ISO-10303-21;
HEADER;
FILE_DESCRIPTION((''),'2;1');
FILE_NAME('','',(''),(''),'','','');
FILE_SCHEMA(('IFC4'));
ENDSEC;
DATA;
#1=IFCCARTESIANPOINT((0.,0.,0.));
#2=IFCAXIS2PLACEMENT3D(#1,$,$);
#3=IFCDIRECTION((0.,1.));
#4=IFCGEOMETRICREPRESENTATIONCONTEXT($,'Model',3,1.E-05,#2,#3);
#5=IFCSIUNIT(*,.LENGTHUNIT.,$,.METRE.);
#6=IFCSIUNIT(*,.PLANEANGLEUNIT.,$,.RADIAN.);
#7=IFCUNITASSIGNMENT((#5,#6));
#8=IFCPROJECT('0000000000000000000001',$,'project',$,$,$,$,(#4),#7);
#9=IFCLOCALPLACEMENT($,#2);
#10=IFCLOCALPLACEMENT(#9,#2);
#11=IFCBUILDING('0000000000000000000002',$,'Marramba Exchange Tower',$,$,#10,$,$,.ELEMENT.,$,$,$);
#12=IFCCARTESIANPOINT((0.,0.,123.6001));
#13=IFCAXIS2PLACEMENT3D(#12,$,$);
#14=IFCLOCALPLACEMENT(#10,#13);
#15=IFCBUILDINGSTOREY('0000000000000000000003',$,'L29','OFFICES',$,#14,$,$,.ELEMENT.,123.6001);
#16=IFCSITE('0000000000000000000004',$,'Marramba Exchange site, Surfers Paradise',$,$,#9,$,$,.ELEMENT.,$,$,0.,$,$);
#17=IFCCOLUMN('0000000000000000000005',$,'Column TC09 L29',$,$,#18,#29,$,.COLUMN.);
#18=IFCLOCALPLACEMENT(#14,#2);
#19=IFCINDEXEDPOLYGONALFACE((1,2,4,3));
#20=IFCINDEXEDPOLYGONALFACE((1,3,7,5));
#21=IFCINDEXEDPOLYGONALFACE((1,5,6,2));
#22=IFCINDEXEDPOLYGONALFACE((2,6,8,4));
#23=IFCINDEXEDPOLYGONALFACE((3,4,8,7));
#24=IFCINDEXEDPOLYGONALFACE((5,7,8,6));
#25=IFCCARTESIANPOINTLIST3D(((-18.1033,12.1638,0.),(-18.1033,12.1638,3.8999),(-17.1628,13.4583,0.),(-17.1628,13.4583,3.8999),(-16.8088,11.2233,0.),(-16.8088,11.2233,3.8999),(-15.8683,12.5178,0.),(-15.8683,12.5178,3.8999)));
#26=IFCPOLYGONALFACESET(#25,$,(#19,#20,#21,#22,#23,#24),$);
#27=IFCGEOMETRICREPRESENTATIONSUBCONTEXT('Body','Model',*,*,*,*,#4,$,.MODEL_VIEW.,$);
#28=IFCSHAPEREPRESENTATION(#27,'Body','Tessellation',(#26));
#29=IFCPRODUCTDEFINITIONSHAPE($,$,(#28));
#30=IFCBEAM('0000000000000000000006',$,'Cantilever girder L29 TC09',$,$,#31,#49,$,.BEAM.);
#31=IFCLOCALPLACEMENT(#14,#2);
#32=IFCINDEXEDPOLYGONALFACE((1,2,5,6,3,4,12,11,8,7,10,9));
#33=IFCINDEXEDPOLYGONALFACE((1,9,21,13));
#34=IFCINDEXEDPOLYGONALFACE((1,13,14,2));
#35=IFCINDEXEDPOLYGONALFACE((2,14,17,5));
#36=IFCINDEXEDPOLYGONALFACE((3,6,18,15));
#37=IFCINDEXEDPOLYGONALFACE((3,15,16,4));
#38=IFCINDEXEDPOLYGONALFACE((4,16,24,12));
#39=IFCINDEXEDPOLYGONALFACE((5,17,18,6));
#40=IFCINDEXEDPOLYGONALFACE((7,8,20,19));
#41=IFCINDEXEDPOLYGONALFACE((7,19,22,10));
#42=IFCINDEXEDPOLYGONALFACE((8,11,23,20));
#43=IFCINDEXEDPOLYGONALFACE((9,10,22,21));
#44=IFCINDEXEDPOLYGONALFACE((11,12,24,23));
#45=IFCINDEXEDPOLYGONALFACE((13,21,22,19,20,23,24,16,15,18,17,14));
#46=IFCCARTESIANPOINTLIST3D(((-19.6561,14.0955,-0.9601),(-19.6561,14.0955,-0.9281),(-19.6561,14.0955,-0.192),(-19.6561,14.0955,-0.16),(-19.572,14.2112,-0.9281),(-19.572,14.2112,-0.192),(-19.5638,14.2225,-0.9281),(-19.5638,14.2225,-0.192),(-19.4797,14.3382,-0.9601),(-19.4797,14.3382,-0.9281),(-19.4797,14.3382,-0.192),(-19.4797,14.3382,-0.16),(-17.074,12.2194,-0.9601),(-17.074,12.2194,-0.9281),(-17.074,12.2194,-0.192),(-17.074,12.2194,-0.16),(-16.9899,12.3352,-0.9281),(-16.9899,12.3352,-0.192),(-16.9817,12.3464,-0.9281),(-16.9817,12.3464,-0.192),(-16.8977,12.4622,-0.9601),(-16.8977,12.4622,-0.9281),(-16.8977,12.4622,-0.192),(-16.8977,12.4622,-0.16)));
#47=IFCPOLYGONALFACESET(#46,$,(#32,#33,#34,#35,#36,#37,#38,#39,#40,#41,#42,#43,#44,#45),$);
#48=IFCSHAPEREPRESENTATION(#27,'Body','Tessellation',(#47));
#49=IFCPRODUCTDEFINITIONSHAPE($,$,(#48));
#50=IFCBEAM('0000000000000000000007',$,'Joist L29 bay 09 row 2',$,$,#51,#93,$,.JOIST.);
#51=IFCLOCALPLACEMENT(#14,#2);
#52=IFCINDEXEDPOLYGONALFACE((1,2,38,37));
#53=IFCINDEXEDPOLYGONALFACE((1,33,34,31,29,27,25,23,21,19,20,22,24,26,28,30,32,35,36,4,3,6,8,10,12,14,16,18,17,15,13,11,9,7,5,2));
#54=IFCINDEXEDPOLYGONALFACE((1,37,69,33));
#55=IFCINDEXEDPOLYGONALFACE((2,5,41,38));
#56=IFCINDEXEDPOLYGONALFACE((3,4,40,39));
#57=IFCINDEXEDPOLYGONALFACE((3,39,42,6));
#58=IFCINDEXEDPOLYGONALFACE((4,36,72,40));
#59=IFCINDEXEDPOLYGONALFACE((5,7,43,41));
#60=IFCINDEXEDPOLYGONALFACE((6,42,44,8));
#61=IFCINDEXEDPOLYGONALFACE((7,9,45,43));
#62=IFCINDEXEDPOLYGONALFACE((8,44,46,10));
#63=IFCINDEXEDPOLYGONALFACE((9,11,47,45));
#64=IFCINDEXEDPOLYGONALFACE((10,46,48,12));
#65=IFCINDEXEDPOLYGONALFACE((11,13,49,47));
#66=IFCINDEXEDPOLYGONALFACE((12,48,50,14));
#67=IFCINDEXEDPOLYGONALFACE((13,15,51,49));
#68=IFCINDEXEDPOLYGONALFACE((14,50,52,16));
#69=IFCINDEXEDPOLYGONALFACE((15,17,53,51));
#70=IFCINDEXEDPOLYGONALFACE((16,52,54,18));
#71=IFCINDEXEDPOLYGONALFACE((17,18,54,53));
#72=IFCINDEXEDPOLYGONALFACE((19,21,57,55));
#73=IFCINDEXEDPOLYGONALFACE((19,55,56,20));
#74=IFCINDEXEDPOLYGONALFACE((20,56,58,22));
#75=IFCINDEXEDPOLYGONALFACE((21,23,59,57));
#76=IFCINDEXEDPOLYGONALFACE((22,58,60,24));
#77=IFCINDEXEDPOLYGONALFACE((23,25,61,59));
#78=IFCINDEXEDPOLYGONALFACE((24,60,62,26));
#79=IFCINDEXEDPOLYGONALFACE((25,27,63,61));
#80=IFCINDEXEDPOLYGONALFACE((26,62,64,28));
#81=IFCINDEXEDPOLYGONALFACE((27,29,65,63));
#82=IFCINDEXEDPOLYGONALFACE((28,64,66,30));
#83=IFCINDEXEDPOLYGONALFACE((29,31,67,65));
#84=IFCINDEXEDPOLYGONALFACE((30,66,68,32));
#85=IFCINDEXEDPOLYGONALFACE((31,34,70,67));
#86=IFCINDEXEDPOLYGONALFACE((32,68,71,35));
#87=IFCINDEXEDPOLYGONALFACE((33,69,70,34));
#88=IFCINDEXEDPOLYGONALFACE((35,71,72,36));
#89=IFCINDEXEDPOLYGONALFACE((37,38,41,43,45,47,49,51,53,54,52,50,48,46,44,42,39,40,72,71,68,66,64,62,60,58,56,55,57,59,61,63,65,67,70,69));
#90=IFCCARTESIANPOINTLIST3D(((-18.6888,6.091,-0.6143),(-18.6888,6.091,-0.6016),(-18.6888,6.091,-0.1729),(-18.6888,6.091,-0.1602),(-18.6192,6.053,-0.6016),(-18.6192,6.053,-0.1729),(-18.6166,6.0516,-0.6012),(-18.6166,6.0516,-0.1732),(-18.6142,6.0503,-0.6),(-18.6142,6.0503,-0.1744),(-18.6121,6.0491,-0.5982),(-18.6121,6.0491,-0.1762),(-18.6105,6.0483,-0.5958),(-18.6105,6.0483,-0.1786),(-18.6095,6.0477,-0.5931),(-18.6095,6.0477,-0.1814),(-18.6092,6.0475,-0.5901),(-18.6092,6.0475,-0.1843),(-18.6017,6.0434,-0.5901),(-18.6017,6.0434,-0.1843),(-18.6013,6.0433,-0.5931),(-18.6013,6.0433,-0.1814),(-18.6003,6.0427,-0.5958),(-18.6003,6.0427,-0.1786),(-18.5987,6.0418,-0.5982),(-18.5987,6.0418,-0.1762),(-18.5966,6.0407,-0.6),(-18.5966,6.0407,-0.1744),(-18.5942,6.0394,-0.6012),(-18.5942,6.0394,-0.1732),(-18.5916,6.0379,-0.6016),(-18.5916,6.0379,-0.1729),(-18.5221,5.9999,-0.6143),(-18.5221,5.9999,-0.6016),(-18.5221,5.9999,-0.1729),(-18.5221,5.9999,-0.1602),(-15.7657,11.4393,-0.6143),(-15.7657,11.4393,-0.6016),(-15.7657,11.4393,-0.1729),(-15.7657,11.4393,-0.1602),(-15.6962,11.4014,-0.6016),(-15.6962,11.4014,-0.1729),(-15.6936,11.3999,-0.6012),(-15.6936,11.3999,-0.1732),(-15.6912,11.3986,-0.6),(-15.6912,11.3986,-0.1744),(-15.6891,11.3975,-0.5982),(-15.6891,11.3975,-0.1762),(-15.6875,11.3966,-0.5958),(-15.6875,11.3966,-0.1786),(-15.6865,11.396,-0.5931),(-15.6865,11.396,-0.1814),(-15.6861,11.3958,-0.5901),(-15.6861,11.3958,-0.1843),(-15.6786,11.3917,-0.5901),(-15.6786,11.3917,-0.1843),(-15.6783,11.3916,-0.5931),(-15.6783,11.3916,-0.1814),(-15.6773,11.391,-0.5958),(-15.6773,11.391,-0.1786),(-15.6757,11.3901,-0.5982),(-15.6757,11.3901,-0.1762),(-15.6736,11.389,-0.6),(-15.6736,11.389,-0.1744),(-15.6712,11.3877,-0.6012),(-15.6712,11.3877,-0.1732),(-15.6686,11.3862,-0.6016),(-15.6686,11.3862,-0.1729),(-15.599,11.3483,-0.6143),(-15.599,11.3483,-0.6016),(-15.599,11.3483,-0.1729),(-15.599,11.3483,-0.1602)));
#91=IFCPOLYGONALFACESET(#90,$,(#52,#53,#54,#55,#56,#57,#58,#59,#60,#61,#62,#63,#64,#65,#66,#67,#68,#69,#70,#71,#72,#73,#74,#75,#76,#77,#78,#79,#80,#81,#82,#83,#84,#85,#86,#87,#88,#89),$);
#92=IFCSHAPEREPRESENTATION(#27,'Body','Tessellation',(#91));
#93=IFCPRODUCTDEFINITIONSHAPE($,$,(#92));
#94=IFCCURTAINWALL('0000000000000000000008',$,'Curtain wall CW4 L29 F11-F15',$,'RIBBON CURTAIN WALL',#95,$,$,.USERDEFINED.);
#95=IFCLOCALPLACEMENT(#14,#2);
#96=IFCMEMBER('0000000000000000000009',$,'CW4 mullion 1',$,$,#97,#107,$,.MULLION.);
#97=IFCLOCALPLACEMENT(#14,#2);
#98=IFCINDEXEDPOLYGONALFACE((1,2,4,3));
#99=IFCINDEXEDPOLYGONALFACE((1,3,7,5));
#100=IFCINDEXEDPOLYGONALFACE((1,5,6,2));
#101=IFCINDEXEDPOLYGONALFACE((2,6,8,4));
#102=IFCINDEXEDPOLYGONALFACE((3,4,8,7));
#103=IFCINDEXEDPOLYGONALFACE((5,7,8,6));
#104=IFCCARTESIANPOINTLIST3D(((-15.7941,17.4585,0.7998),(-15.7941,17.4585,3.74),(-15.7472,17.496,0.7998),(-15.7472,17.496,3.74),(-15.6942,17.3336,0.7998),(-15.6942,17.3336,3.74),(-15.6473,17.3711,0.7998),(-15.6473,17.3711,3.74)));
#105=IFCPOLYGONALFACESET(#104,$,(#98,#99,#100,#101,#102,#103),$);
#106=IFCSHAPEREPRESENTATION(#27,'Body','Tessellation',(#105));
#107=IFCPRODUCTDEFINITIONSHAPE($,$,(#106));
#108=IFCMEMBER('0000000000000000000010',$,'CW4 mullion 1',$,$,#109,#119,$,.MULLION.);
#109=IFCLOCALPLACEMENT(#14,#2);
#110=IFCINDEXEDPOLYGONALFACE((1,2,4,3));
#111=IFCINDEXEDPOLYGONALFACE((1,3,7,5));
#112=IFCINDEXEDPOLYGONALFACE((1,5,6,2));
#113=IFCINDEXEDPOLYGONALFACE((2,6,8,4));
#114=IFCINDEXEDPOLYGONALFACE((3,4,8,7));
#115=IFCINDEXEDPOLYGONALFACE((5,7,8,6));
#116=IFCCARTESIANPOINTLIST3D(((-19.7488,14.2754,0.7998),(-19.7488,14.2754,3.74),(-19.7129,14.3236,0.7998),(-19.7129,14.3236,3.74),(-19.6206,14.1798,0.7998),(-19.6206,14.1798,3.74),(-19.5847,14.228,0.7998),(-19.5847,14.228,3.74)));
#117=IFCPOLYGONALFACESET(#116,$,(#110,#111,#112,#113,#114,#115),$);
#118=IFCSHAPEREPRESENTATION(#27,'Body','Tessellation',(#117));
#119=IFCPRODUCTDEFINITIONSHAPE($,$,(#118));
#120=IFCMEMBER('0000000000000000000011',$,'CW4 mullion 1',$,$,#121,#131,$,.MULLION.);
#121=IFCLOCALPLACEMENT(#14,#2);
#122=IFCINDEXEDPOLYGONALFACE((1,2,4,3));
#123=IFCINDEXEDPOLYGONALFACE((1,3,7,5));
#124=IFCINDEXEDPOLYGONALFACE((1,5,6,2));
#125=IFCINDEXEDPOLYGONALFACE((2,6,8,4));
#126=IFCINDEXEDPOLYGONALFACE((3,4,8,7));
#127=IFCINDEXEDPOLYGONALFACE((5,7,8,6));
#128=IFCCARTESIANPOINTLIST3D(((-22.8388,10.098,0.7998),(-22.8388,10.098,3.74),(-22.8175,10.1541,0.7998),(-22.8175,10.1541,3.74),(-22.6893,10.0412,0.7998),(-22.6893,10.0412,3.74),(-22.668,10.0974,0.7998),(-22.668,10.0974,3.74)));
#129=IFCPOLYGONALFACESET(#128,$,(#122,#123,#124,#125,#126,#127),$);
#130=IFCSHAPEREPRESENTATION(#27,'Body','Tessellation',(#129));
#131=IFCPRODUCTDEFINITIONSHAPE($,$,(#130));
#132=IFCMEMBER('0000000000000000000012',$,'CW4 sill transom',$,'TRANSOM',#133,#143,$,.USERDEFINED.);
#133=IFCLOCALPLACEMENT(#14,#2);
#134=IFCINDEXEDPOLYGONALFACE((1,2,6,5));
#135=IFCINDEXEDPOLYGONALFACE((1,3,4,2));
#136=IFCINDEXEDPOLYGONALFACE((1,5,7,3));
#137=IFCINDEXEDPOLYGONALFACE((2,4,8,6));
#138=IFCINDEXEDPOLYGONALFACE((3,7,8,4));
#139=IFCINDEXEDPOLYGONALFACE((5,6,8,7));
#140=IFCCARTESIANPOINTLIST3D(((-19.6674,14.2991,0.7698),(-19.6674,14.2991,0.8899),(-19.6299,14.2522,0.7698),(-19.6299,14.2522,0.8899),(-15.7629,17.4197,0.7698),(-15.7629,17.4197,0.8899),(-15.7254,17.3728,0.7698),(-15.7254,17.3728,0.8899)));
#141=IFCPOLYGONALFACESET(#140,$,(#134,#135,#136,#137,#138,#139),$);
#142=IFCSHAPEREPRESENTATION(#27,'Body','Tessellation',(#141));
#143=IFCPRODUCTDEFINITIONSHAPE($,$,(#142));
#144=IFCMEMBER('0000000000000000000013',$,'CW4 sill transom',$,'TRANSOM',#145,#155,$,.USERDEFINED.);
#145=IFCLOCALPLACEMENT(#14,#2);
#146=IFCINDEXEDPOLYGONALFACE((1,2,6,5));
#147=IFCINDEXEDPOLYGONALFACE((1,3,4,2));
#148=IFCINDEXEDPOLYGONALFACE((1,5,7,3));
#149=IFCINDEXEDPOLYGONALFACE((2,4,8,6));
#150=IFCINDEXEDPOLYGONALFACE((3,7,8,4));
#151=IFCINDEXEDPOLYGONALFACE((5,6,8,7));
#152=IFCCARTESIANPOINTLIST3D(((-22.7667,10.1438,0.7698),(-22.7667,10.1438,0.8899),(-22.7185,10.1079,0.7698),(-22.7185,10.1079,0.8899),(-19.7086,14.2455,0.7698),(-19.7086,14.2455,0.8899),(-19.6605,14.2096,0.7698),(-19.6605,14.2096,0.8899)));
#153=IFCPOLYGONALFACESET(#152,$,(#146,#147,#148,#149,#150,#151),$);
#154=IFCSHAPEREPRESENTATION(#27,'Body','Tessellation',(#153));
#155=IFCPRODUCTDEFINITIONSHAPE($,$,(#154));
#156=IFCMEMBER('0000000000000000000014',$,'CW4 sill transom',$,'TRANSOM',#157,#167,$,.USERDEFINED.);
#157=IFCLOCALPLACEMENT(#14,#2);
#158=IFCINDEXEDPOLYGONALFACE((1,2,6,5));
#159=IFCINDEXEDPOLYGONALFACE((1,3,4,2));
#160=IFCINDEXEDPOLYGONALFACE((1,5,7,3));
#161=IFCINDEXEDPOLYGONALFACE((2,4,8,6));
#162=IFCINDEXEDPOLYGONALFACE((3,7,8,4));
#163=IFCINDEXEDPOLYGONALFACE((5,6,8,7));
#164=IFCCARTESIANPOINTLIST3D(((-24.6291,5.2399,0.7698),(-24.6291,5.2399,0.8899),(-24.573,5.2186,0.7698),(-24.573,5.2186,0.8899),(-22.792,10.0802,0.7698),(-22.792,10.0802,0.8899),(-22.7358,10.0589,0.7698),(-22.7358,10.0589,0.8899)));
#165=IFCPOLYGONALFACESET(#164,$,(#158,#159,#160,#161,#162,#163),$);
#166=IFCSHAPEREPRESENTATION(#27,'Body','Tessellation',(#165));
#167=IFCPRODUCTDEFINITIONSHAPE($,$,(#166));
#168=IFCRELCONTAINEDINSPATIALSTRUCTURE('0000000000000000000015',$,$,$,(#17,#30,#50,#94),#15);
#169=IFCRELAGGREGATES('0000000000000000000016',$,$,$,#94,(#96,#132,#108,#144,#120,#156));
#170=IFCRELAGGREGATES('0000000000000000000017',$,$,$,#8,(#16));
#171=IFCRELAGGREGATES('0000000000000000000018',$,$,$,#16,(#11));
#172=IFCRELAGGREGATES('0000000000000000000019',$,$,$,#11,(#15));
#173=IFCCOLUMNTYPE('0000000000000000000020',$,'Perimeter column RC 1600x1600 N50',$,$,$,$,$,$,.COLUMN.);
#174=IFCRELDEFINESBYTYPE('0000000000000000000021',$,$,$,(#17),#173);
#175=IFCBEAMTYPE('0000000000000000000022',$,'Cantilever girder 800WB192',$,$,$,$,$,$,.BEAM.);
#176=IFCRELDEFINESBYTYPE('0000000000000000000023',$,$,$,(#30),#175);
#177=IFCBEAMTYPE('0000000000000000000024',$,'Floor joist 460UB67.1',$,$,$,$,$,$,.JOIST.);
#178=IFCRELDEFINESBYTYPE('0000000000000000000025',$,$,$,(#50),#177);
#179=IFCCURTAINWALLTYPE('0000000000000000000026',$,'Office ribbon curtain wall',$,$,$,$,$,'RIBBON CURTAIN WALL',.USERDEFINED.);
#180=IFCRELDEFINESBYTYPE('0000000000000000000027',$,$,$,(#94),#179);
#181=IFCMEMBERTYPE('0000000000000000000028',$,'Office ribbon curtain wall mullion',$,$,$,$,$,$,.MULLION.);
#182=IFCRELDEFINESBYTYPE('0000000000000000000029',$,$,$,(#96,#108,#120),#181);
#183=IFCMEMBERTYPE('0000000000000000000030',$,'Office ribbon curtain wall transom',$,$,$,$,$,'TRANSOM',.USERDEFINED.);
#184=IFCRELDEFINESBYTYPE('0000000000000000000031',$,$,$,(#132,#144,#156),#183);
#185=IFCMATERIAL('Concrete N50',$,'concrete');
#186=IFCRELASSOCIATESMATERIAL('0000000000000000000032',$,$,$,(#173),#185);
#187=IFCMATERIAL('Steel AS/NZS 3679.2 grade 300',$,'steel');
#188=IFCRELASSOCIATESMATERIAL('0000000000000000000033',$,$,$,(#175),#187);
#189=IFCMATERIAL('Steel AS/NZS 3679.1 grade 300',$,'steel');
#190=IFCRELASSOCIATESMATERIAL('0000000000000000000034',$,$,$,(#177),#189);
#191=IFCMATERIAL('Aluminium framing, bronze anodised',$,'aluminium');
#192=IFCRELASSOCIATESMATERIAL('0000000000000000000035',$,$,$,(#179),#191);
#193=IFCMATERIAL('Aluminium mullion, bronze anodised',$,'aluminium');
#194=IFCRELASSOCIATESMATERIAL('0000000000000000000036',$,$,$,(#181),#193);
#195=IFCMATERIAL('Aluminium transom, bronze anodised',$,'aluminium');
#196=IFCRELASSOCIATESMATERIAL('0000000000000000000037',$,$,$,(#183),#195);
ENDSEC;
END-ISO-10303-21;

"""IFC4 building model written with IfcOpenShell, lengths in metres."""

from ifc_helpers import new_model, si_unit, direction, frame, origin, origin_2d, place, context, subcontext, project, spatial, rectangle, i_section, extrude, material, material_profile, profile_set, type_object, element, aggregate, save


model = new_model("IFC4")

# Units and contexts
model_context = context("Model", 3, precision=1e-05, world=origin(), true_north=direction((0.0, 1.0)))
body_context = subcontext(model_context, "Body", "Model", "MODEL_VIEW")
ifc_project = project(units=[si_unit("LENGTHUNIT", "METRE"), si_unit("PLANEANGLEUNIT", "RADIAN")], contexts=[model_context])

# Site, building, storey
site_placement = place(None, origin())
site = spatial("IfcSite", under=ifc_project, at=site_placement, Name="Marramba Exchange site, Surfers Paradise", CompositionType="ELEMENT", RefElevation=0.0)
building_placement = place(site_placement, origin())
building = spatial("IfcBuilding", under=site, at=building_placement, Name="Marramba Exchange Tower", CompositionType="ELEMENT")
storey_placement = place(building_placement, frame((0.0, 0.0, 123.6001)))
storey = spatial("IfcBuildingStorey", under=building, at=storey_placement, Name="L29", Description="OFFICES", CompositionType="ELEMENT", Elevation=123.6001)

# Column
ifc_material_1 = material(Name="Concrete N50", Category="concrete")
ifc_material_profile_1 = material_profile(ifc_material_1, rectangle(XDim=1.6001, YDim=1.6001, at=origin_2d()), Name="RC 1600x1600")
ifc_profile_set_1 = profile_set([ifc_material_profile_1], Name="Concrete N50")
column_type = type_object("IfcColumnType", Name="Perimeter column RC 1600x1600 N50", PredefinedType="COLUMN", material=ifc_profile_set_1)
column_placement = place(storey_placement, frame((-16.9858, 12.3408, 0.0), z_axis=(0.0, 0.0, 1.0), x_axis=(-0.809017, 0.587785, 0.0)))
element("IfcColumn", 1, at=column_placement, inside=storey, type_object=column_type, Name="Column TC09 L29", PredefinedType="COLUMN", context=body_context, shape_type="SweptSolid", body=[
    extrude(rectangle(XDim=1.6001, YDim=1.6001, at=origin_2d()), origin(), (0.0, 0.0, 1.0), 3.8999),
])

# Beams
ifc_material_2 = material(Name="Steel AS/NZS 3679.2 grade 300", Category="steel")
ifc_material_profile_2 = material_profile(ifc_material_2, i_section(OverallWidth=0.3, OverallDepth=0.8, WebThickness=0.0139, FlangeThickness=0.032, at=origin_2d()), Name="800WB192")
ifc_profile_set_2 = profile_set([ifc_material_profile_2], Name="Steel AS/NZS 3679.2 grade 300")
beam_type_1 = type_object("IfcBeamType", Name="Cantilever girder 800WB192", PredefinedType="BEAM", material=ifc_profile_set_2)
beam_1_placement = place(storey_placement, frame((-16.9858, 12.3408, -0.5601), z_axis=(-0.809014, 0.58779, 0.0), x_axis=(-0.58779, -0.809014, 0.0)))
element("IfcBeam", 2, at=beam_1_placement, inside=storey, type_object=beam_type_1, Name="Cantilever girder L29 TC09", PredefinedType="BEAM", context=body_context, shape_type="SweptSolid", body=[
    extrude(i_section(OverallWidth=0.3, OverallDepth=0.8, WebThickness=0.0139, FlangeThickness=0.032, at=origin_2d()), origin(), (0.0, 0.0, 1.0), 3.1917),
])
ifc_material_3 = material(Name="Steel AS/NZS 3679.1 grade 300", Category="steel")
ifc_material_profile_3 = material_profile(ifc_material_3, i_section(OverallWidth=0.1899, OverallDepth=0.4541, WebThickness=0.0085, FlangeThickness=0.0127, FilletRadius=0.0115, at=origin_2d()), Name="460UB67.1")
ifc_profile_set_3 = profile_set([ifc_material_profile_3], Name="Steel AS/NZS 3679.1 grade 300")
beam_type_2 = type_object("IfcBeamType", Name="Floor joist 460UB67.1", PredefinedType="JOIST", material=ifc_profile_set_3)
beam_2_placement = place(storey_placement, frame((-15.6824, 11.3938, -0.3872), z_axis=(-0.479584, -0.877496, 0.0), x_axis=(0.877496, -0.479584, 0.0)))
element("IfcBeam", 3, at=beam_2_placement, inside=storey, type_object=beam_type_2, Name="Joist L29 bay 09 row 2", PredefinedType="JOIST", context=body_context, shape_type="SweptSolid", body=[
    extrude(i_section(OverallWidth=0.1899, OverallDepth=0.4541, WebThickness=0.0085, FlangeThickness=0.0127, FilletRadius=0.0115, at=origin_2d()), origin(), (0.0, 0.0, 1.0), 6.095),
])

# Curtain wall, members
ifc_material_4 = material(Name="Aluminium framing, bronze anodised", Category="aluminium")
curtain_wall_type = type_object("IfcCurtainWallType", Name="Office ribbon curtain wall", ElementType="RIBBON CURTAIN WALL", PredefinedType="USERDEFINED", material=ifc_material_4)
curtain_wall_placement = place(storey_placement, origin())
curtain_wall = element("IfcCurtainWall", 4, at=curtain_wall_placement, inside=storey, type_object=curtain_wall_type, Name="Curtain wall CW4 L29 F11-F15", ObjectType="RIBBON CURTAIN WALL", PredefinedType="USERDEFINED")
ifc_material_5 = material(Name="Aluminium mullion, bronze anodised", Category="aluminium")
ifc_material_profile_4 = material_profile(ifc_material_5, rectangle(XDim=0.1599, YDim=0.0601, at=origin_2d()), Name="CW4 mullion 60x160")
ifc_profile_set_4 = profile_set([ifc_material_profile_4], Name="Aluminium mullion, bronze anodised")
member_type_1 = type_object("IfcMemberType", Name="Office ribbon curtain wall mullion", PredefinedType="MULLION", material=ifc_profile_set_4)
member_1_placement = place(storey_placement, frame((-15.7207, 17.4148, 0.7998), z_axis=(0.0, 0.0, 1.0), x_axis=(0.624308, -0.781178, 0.0)))
member_1 = element("IfcMember", 5, at=member_1_placement, type_object=member_type_1, Name="CW4 mullion 1", PredefinedType="MULLION", context=body_context, shape_type="SweptSolid", body=[
    extrude(rectangle(XDim=0.1599, YDim=0.0601, at=origin_2d()), origin(), (0.0, 0.0, 1.0), 2.9402),
])
member_2_placement = place(storey_placement, frame((-19.6667, 14.2517, 0.7998), z_axis=(0.0, 0.0, 1.0), x_axis=(0.801717, -0.597704, 0.0)))
member_2 = element("IfcMember", 6, at=member_2_placement, type_object=member_type_1, Name="CW4 mullion 1", PredefinedType="MULLION", context=body_context, shape_type="SweptSolid", body=[
    extrude(rectangle(XDim=0.1599, YDim=0.0601, at=origin_2d()), origin(), (0.0, 0.0, 1.0), 2.9402),
])
member_3_placement = place(storey_placement, frame((-22.7534, 10.0977, 0.7998), z_axis=(0.0, 0.0, 1.0), x_axis=(0.934925, -0.354844, 0.0)))
member_3 = element("IfcMember", 7, at=member_3_placement, type_object=member_type_1, Name="CW4 mullion 1", PredefinedType="MULLION", context=body_context, shape_type="SweptSolid", body=[
    extrude(rectangle(XDim=0.1599, YDim=0.0601, at=origin_2d()), origin(), (0.0, 0.0, 1.0), 2.9402),
])
ifc_material_6 = material(Name="Aluminium transom, bronze anodised", Category="aluminium")
ifc_material_profile_5 = material_profile(ifc_material_6, rectangle(XDim=0.0601, YDim=0.1201, at=origin_2d()), Name="CW4 transom 60x120")
ifc_profile_set_5 = profile_set([ifc_material_profile_5], Name="Aluminium transom, bronze anodised")
member_type_2 = type_object("IfcMemberType", Name="Office ribbon curtain wall transom", ElementType="TRANSOM", PredefinedType="USERDEFINED", material=ifc_profile_set_5)
member_4_placement = place(storey_placement, frame((-15.7441, 17.3962, 0.8298), z_axis=(-0.781164, -0.624326, 0.0), x_axis=(0.624326, -0.781164, 0.0)))
member_4 = element("IfcMember", 8, at=member_4_placement, type_object=member_type_2, Name="CW4 sill transom", ObjectType="TRANSOM", PredefinedType="USERDEFINED", context=body_context, shape_type="SweptSolid", body=[
    extrude(rectangle(XDim=0.0601, YDim=0.1201, at=origin_2d()), origin(), (0.0, 0.0, 1.0), 4.9983),
])
member_5_placement = place(storey_placement, frame((-19.6846, 14.2275, 0.8298), z_axis=(-0.597715, -0.801709, 0.0), x_axis=(0.801709, -0.597715, 0.0)))
member_5 = element("IfcMember", 9, at=member_5_placement, type_object=member_type_2, Name="CW4 sill transom", ObjectType="TRANSOM", PredefinedType="USERDEFINED", context=body_context, shape_type="SweptSolid", body=[
    extrude(rectangle(XDim=0.0601, YDim=0.1201, at=origin_2d()), origin(), (0.0, 0.0, 1.0), 5.1162),
])
member_6_placement = place(storey_placement, frame((-22.7639, 10.0696, 0.8298), z_axis=(-0.354852, -0.934923, 0.0), x_axis=(0.934923, -0.354852, 0.0)))
member_6 = element("IfcMember", 10, at=member_6_placement, type_object=member_type_2, Name="CW4 sill transom", ObjectType="TRANSOM", PredefinedType="USERDEFINED", context=body_context, shape_type="SweptSolid", body=[
    extrude(rectangle(XDim=0.0601, YDim=0.1201, at=origin_2d()), origin(), (0.0, 0.0, 1.0), 5.1772),
])

aggregate(curtain_wall, [member_1, member_4, member_2, member_5, member_3, member_6])

save(model, "model.ifc")
